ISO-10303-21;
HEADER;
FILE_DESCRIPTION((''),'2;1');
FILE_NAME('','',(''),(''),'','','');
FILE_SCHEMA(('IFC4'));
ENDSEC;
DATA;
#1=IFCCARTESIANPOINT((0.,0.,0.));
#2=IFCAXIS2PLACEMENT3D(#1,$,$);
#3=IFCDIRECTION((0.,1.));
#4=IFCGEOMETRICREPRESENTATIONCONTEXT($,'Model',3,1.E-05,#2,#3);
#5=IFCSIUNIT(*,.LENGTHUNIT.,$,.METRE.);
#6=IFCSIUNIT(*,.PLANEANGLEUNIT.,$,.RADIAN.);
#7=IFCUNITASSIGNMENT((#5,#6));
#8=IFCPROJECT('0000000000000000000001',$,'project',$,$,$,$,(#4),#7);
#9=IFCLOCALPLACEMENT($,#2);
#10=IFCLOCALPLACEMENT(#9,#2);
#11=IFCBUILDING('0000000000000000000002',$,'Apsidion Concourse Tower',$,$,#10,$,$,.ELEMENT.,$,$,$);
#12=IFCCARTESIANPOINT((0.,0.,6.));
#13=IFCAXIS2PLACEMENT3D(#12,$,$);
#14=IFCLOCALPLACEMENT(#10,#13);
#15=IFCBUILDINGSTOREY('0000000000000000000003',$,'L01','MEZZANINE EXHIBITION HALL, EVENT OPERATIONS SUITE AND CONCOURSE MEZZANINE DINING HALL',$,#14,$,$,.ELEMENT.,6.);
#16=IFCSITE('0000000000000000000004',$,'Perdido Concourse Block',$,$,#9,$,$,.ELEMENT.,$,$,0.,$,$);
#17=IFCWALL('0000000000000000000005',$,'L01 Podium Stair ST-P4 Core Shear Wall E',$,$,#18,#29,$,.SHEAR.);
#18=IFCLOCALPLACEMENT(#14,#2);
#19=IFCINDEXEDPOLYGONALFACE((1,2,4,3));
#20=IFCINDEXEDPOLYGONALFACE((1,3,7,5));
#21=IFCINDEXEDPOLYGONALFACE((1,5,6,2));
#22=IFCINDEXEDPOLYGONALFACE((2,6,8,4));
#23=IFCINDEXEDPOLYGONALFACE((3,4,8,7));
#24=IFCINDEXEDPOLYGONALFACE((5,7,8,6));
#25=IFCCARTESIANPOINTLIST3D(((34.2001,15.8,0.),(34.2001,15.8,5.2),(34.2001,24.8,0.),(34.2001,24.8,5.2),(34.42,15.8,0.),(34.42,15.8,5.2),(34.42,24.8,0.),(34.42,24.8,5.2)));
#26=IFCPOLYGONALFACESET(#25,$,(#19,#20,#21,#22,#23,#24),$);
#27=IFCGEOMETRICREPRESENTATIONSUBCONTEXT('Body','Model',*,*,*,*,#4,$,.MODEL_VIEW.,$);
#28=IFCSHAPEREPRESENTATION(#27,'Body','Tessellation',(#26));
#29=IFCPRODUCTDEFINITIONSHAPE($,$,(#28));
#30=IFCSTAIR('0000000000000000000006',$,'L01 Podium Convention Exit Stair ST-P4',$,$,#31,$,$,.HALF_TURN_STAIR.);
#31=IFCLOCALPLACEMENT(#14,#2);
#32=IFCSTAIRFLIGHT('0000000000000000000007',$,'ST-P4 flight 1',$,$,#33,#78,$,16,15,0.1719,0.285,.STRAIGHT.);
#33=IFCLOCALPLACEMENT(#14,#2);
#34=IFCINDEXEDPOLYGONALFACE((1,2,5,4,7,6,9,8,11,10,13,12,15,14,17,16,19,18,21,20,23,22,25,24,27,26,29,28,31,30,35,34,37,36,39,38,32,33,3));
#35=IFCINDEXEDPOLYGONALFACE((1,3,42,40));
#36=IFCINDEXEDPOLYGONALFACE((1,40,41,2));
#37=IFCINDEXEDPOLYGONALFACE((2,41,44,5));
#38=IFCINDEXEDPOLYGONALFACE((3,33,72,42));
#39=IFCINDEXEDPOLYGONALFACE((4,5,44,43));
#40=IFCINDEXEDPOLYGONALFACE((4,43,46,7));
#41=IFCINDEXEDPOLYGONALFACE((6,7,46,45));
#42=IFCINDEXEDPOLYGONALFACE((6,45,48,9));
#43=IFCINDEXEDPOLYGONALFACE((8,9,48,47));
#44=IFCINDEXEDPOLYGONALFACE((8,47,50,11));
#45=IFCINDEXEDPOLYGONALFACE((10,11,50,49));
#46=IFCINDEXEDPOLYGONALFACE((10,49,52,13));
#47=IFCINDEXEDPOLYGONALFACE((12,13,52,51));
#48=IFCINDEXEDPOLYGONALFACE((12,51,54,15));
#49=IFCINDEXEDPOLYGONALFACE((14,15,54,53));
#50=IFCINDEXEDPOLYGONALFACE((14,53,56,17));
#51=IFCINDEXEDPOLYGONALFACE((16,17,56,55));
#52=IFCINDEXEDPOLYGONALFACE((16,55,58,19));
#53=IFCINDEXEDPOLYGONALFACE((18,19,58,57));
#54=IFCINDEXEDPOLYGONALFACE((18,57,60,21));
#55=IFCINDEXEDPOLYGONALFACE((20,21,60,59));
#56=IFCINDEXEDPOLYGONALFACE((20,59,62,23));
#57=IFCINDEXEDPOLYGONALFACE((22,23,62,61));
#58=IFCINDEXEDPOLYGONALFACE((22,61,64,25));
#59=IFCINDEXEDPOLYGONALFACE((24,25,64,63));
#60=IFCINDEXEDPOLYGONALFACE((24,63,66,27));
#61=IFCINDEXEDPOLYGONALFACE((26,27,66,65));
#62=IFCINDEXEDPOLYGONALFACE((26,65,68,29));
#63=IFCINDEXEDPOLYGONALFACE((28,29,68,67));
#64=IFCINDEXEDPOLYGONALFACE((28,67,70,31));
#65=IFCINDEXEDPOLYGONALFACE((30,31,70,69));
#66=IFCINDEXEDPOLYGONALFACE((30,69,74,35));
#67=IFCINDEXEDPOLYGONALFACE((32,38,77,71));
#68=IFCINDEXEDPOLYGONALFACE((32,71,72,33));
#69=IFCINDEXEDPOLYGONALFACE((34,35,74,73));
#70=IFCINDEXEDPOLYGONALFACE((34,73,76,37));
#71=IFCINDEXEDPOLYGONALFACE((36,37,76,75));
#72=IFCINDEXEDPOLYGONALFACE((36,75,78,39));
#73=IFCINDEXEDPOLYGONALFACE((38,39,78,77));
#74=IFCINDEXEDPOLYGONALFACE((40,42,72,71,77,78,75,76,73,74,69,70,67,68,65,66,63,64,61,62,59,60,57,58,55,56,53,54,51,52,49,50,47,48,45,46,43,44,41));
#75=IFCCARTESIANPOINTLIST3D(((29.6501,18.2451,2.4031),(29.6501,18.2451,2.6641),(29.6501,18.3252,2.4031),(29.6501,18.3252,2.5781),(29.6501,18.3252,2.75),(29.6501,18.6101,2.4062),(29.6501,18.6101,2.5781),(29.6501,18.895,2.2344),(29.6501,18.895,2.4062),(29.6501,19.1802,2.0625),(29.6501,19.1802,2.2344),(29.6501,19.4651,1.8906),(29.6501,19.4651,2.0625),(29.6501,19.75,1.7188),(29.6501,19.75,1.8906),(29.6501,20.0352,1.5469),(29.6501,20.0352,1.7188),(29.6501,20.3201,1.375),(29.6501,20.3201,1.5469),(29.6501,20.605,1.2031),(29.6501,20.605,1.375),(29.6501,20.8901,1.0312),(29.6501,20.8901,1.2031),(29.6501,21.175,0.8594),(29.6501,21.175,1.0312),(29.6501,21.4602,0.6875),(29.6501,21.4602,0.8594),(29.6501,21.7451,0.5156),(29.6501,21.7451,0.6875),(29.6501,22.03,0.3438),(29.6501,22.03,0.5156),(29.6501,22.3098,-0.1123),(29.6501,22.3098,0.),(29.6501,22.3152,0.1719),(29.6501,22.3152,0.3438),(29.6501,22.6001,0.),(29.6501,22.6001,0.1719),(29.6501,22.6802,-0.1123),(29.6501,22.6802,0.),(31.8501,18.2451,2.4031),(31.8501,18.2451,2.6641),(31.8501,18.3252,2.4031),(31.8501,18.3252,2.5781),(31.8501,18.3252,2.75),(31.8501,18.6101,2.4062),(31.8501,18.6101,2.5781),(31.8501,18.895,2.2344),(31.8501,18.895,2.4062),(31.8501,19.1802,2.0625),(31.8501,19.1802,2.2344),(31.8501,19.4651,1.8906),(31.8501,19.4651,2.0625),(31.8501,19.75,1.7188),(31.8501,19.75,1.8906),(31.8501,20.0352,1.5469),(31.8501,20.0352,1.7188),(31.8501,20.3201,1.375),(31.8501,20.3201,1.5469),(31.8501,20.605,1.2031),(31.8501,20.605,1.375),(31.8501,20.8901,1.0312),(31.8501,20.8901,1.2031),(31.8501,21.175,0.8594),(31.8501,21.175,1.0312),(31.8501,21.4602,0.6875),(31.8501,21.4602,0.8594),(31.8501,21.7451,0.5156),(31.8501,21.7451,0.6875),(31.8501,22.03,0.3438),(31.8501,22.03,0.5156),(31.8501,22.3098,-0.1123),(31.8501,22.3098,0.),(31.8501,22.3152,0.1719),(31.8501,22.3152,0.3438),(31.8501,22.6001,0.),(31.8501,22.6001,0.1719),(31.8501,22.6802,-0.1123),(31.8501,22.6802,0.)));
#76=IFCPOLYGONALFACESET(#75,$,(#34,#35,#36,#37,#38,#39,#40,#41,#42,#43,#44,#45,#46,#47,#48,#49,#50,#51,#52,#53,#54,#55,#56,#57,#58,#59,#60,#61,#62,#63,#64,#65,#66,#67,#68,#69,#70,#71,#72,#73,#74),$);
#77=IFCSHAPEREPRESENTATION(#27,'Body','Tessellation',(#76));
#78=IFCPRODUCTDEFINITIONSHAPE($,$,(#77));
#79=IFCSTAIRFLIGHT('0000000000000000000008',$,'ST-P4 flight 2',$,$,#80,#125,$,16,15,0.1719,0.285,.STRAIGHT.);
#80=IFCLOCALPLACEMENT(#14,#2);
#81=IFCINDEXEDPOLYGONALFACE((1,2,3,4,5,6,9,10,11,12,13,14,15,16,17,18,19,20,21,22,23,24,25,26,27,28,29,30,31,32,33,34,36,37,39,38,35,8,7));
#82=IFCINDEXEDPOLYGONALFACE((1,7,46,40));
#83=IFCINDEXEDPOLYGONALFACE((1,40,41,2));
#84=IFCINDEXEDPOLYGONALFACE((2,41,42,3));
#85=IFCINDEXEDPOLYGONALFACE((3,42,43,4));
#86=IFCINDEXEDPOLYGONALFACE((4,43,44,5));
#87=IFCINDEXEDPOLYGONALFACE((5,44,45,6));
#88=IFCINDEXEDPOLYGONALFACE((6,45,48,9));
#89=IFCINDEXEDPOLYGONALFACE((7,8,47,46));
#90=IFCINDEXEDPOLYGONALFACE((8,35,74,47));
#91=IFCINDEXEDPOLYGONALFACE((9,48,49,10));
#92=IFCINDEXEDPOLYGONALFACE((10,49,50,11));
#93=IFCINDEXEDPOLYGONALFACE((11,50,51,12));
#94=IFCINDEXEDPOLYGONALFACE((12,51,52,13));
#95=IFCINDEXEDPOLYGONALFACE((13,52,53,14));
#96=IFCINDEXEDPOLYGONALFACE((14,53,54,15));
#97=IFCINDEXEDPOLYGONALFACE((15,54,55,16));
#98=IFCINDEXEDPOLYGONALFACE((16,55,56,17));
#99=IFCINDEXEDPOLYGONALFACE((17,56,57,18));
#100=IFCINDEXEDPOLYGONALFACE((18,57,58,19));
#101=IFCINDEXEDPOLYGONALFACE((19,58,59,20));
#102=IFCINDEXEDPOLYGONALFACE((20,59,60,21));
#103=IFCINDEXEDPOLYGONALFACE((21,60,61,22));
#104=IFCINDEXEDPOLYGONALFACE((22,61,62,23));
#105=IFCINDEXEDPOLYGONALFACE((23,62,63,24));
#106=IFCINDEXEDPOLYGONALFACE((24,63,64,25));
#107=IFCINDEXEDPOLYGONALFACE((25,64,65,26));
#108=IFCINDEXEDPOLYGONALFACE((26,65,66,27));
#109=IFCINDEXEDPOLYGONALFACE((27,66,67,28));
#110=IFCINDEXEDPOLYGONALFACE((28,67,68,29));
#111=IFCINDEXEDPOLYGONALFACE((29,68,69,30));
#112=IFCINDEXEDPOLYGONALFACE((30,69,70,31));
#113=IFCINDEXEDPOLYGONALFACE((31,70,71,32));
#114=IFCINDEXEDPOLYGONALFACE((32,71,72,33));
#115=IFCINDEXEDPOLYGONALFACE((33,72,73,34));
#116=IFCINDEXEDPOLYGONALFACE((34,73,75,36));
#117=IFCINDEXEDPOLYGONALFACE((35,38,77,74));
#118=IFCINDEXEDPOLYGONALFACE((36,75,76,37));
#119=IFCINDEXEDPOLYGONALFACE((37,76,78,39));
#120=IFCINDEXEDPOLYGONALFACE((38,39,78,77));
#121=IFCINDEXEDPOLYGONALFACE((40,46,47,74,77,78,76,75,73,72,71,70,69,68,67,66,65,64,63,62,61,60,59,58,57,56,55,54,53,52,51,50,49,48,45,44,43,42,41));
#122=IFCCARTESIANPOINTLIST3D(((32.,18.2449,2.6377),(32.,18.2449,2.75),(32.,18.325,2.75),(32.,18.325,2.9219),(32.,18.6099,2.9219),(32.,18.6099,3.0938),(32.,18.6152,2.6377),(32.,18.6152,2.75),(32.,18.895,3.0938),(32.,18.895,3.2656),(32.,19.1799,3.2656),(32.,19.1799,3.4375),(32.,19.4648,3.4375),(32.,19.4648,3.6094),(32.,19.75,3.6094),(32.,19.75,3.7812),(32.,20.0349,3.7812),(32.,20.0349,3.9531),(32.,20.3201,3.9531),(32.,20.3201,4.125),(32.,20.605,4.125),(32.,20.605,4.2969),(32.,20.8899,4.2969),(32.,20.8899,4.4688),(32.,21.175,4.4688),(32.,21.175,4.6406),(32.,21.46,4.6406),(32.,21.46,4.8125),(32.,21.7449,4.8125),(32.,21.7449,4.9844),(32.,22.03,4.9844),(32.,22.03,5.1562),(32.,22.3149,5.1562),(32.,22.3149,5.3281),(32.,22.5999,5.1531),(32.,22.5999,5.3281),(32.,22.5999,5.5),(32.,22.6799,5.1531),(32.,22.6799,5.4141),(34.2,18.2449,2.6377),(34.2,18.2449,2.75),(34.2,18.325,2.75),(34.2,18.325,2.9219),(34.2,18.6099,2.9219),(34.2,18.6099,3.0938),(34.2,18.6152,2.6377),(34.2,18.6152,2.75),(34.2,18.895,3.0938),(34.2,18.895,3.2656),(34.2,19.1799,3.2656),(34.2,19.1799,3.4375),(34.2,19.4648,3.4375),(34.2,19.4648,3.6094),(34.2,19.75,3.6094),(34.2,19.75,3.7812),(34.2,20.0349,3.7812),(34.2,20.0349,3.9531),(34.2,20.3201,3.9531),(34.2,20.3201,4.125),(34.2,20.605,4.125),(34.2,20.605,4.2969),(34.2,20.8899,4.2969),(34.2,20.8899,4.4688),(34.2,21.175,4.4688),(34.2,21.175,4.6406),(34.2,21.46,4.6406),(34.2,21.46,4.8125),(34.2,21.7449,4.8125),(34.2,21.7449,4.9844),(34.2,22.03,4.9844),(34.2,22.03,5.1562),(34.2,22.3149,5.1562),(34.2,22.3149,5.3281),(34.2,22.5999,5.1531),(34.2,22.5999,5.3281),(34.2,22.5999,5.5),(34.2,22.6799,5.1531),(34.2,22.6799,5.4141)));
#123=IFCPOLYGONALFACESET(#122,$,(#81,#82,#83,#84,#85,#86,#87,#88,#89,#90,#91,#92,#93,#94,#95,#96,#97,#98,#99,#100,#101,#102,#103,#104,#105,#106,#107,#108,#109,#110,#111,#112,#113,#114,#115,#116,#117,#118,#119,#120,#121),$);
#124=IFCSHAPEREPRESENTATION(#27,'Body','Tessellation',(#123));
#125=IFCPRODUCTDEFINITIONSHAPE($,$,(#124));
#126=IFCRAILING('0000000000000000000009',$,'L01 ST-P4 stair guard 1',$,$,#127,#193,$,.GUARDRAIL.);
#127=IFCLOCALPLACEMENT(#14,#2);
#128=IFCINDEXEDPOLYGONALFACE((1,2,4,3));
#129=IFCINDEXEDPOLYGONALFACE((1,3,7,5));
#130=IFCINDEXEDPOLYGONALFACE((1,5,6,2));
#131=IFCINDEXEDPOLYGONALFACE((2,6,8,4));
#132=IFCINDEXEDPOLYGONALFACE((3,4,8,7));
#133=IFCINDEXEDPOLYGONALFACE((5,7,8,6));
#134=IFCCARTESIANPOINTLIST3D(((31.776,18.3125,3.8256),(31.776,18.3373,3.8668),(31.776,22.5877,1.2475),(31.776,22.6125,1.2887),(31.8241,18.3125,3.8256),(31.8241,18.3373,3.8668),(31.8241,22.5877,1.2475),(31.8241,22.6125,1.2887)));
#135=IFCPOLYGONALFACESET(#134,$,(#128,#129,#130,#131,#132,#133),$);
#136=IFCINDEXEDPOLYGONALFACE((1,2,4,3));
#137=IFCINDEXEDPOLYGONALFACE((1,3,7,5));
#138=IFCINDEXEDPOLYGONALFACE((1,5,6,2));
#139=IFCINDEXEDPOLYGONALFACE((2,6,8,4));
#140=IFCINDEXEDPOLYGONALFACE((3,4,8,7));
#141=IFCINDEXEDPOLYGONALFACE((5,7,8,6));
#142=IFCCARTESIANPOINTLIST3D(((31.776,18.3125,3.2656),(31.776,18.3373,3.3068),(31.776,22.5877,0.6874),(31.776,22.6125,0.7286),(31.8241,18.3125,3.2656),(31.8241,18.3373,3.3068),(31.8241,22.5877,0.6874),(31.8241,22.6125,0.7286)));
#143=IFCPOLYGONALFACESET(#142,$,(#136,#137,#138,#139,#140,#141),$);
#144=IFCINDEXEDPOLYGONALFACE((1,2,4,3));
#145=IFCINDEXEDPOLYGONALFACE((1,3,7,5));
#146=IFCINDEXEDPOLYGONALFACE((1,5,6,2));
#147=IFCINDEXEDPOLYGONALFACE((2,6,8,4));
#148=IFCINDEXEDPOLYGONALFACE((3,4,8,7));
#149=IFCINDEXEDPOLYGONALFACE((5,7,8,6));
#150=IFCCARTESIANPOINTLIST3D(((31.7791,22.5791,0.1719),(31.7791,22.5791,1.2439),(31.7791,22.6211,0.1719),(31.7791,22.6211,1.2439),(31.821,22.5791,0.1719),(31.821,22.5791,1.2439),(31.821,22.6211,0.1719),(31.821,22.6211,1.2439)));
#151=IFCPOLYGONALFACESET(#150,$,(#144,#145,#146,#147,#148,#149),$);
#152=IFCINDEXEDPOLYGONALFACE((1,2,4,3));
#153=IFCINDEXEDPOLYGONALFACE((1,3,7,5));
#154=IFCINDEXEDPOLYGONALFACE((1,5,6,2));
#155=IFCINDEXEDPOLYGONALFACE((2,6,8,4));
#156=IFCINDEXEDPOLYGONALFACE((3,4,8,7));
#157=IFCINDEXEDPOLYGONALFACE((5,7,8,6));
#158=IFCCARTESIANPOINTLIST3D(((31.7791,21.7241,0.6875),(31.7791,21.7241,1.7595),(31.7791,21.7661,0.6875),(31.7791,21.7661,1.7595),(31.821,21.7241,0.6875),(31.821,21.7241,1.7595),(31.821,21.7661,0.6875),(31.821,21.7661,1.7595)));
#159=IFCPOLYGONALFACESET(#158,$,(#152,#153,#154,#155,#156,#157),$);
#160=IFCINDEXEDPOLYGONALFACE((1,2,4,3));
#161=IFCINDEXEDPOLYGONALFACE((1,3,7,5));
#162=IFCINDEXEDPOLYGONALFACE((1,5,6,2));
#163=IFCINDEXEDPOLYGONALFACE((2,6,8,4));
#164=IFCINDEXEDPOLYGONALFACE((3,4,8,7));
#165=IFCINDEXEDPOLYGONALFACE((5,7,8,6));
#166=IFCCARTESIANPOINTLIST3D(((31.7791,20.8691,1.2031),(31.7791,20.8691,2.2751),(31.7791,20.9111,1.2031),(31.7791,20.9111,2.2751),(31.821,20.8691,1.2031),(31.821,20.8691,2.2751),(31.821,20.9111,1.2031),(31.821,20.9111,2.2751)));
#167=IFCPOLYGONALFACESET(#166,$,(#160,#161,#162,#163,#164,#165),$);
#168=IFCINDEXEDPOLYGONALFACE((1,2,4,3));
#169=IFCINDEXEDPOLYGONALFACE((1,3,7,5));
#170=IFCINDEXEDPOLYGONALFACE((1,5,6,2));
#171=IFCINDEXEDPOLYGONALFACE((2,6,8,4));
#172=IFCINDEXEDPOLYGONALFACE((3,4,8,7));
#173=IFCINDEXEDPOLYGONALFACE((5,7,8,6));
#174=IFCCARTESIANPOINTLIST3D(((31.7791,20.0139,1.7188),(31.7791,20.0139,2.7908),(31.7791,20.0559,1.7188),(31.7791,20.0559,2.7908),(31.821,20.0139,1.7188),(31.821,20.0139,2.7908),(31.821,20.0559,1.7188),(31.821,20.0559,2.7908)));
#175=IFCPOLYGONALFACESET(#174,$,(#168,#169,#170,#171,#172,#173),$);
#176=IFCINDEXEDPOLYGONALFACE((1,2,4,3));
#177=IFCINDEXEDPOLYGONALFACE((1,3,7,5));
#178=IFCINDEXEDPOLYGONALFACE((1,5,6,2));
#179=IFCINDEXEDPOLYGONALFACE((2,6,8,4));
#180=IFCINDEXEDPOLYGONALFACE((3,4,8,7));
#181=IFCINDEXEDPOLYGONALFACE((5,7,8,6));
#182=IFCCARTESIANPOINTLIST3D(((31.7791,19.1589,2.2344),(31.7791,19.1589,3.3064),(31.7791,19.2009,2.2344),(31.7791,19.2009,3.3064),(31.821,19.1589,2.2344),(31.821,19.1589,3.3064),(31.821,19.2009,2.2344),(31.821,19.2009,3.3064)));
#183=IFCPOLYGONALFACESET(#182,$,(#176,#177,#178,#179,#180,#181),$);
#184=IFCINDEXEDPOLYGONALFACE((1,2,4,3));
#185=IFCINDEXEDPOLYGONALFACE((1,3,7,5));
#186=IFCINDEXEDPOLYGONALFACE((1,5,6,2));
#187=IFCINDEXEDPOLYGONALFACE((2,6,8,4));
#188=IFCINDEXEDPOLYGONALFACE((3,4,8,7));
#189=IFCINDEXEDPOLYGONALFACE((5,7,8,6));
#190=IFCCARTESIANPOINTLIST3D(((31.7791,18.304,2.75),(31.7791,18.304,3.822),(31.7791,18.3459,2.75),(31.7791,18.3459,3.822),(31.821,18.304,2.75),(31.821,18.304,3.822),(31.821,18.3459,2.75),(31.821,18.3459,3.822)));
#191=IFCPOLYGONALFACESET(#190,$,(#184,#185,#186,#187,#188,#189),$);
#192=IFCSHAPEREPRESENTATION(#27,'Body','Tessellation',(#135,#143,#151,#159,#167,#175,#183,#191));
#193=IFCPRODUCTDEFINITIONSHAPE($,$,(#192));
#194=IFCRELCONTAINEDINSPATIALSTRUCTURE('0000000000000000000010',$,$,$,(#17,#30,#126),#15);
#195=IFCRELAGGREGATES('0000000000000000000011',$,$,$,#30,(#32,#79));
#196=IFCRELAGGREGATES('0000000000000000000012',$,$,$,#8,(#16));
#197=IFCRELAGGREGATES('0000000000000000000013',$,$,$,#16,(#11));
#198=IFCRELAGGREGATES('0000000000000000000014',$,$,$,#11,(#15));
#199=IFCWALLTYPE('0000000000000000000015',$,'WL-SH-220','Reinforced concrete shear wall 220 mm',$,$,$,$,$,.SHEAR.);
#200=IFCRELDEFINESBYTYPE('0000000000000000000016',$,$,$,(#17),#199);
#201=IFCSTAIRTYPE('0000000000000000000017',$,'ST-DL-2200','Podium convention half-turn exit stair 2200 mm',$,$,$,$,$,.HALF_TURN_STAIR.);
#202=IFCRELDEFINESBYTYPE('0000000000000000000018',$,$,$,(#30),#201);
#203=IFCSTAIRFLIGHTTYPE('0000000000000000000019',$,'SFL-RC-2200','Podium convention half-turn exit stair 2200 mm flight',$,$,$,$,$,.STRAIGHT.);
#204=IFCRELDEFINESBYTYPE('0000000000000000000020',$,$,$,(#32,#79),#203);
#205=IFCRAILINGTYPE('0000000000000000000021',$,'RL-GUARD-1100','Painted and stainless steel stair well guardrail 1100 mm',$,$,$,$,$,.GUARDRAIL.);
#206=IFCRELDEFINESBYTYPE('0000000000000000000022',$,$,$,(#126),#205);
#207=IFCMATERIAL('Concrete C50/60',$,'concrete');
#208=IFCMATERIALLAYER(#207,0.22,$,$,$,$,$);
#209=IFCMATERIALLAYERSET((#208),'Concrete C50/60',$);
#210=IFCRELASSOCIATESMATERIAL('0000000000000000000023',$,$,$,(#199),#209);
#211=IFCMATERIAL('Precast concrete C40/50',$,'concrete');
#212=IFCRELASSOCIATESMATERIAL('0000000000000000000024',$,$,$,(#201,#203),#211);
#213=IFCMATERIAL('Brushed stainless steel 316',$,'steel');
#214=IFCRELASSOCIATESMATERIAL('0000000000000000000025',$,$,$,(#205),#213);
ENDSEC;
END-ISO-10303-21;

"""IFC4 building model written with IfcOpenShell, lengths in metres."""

from ifc_helpers import new_model, si_unit, direction, frame, frame_2d, origin, origin_2d, place, context, subcontext, project, spatial, polyline, rectangle, outline, extrude, material, layer, layer_set, type_object, element, aggregate, save


model = new_model("IFC4")

# Units and contexts
model_context = context("Model", 3, precision=1e-05, world=origin(), true_north=direction((0.0, 1.0)))
body_context = subcontext(model_context, "Body", "Model", "MODEL_VIEW")
ifc_project = project(units=[si_unit("LENGTHUNIT", "METRE"), si_unit("PLANEANGLEUNIT", "RADIAN")], contexts=[model_context])

# Site, building, storey
site_placement = place(None, origin())
site = spatial("IfcSite", under=ifc_project, at=site_placement, Name="Perdido Concourse Block", CompositionType="ELEMENT", RefElevation=0.0)
building_placement = place(site_placement, origin())
building = spatial("IfcBuilding", under=site, at=building_placement, Name="Apsidion Concourse Tower", CompositionType="ELEMENT")
storey_placement = place(building_placement, frame((0.0, 0.0, 6.0)))
storey = spatial("IfcBuildingStorey", under=building, at=storey_placement, Name="L01", Description="MEZZANINE EXHIBITION HALL, EVENT OPERATIONS SUITE AND CONCOURSE MEZZANINE DINING HALL", CompositionType="ELEMENT", Elevation=6.0)

# Shared definitions
ifc_material_1 = material(Name="Precast concrete C40/50", Category="concrete")

# Wall
ifc_material_2 = material(Name="Concrete C50/60", Category="concrete")
ifc_layer_1 = layer(ifc_material_2, 0.22)
ifc_layer_set_1 = layer_set([ifc_layer_1], Name="Concrete C50/60")
wall_type_1 = type_object("IfcWallType", Name="WL-SH-220", Description="Reinforced concrete shear wall 220 mm", PredefinedType="SHEAR", material=ifc_layer_set_1)
wall_1_placement = place(storey_placement, frame((34.3101, 15.8, 0.0), z_axis=(0.0, 0.0, 1.0), x_axis=(0.0, 1.0, 0.0)))
element("IfcWall", 1, at=wall_1_placement, inside=storey, type_object=wall_type_1, Name="L01 Podium Stair ST-P4 Core Shear Wall E", PredefinedType="SHEAR", context=body_context, shape_type="SweptSolid", body=[
    extrude(rectangle(XDim=9.0, YDim=0.22, at=frame_2d((4.5, 0.0))), origin(), (0.0, 0.0, 1.0), 5.2),
])

# Stair, stair flights
stair_type = type_object("IfcStairType", Name="ST-DL-2200", Description="Podium convention half-turn exit stair 2200 mm", PredefinedType="HALF_TURN_STAIR", material=ifc_material_1)
stair_placement = place(storey_placement, origin())
stair = element("IfcStair", 2, at=stair_placement, inside=storey, type_object=stair_type, Name="L01 Podium Convention Exit Stair ST-P4", PredefinedType="HALF_TURN_STAIR")
stair_flight_type = type_object("IfcStairFlightType", Name="SFL-RC-2200", Description="Podium convention half-turn exit stair 2200 mm flight", PredefinedType="STRAIGHT", material=ifc_material_1)
stair_flight_1_placement = place(storey_placement, frame((30.75, 22.6001, 0.0), z_axis=(0.0, 0.0, 1.0), x_axis=(0.0, -1.0, 0.0)))
stair_flight_1 = element("IfcStairFlight", 3, at=stair_flight_1_placement, type_object=stair_flight_type, Name="ST-P4 flight 1", NumberOfRisers=16, NumberOfTreads=15, PredefinedType="STRAIGHT", RiserHeight=0.1719, TreadLength=0.285, context=body_context, shape_type="SweptSolid", body=[
    extrude(outline(polyline([(-0.0801, -0.1123), (-0.0801, 0.0), (0.0, 0.0), (0.0, 0.1719), (0.2849, 0.1719), (0.2849, 0.3438), (0.5701, 0.3438), (0.5701, 0.5156), (0.855, 0.5156), (0.855, 0.6875), (1.1399, 0.6875), (1.1399, 0.8594), (1.425, 0.8594), (1.425, 1.0312), (1.71, 1.0312), (1.71, 1.2031), (1.9951, 1.2031), (1.9951, 1.375), (2.28, 1.375), (2.28, 1.5469), (2.5649, 1.5469), (2.5649, 1.7188), (2.8501, 1.7188), (2.8501, 1.8906), (3.135, 1.8906), (3.135, 2.0625), (3.4199, 2.0625), (3.4199, 2.2344), (3.7051, 2.2344), (3.7051, 2.4062), (3.99, 2.4062), (3.99, 2.5781), (4.2749, 2.5781), (4.2749, 2.75), (4.355, 2.6641), (4.355, 2.4031), (4.2749, 2.4031), (0.2903, 0.0), (0.2903, -0.1123), (-0.0801, -0.1123)])), frame((0.0, 1.1001, 0.0), z_axis=(0.0, -1.0, 0.0), x_axis=(1.0, 0.0, 0.0)), (0.0, 0.0, 1.0), 2.2),
])
stair_flight_2_placement = place(storey_placement, frame((33.1001, 18.325, 2.75), z_axis=(0.0, 0.0, 1.0), x_axis=(0.0, 1.0, 0.0)))
stair_flight_2 = element("IfcStairFlight", 4, at=stair_flight_2_placement, type_object=stair_flight_type, Name="ST-P4 flight 2", NumberOfRisers=16, NumberOfTreads=15, PredefinedType="STRAIGHT", RiserHeight=0.1719, TreadLength=0.285, context=body_context, shape_type="SweptSolid", body=[
    extrude(outline(polyline([(-0.0801, -0.1123), (-0.0801, 0.0), (0.0, 0.0), (0.0, 0.1719), (0.2849, 0.1719), (0.2849, 0.3438), (0.5701, 0.3438), (0.5701, 0.5156), (0.855, 0.5156), (0.855, 0.6875), (1.1399, 0.6875), (1.1399, 0.8594), (1.425, 0.8594), (1.425, 1.0312), (1.71, 1.0312), (1.71, 1.2031), (1.9951, 1.2031), (1.9951, 1.375), (2.28, 1.375), (2.28, 1.5469), (2.5649, 1.5469), (2.5649, 1.7188), (2.8501, 1.7188), (2.8501, 1.8906), (3.135, 1.8906), (3.135, 2.0625), (3.4199, 2.0625), (3.4199, 2.2344), (3.7051, 2.2344), (3.7051, 2.4062), (3.99, 2.4062), (3.99, 2.5781), (4.2749, 2.5781), (4.2749, 2.75), (4.355, 2.6641), (4.355, 2.4031), (4.2749, 2.4031), (0.2903, 0.0), (0.2903, -0.1123), (-0.0801, -0.1123)])), frame((0.0, 1.1001, 0.0), z_axis=(0.0, -1.0, 0.0), x_axis=(1.0, 0.0, 0.0)), (0.0, 0.0, 1.0), 2.2),
])
aggregate(stair, [stair_flight_1, stair_flight_2])

# Railing
ifc_material_3 = material(Name="Brushed stainless steel 316", Category="steel")
railing_type_1 = type_object("IfcRailingType", Name="RL-GUARD-1100", Description="Painted and stainless steel stair well guardrail 1100 mm", PredefinedType="GUARDRAIL", material=ifc_material_3)
railing_1_placement = place(storey_placement, frame((31.8, 22.6001, 0.1719)))
element("IfcRailing", 5, at=railing_1_placement, inside=storey, type_object=railing_type_1, Name="L01 ST-P4 stair guard 1", PredefinedType="GUARDRAIL", context=body_context, shape_type="SweptSolid", body=[
    extrude(rectangle(XDim=0.0481, YDim=0.0481, at=origin_2d()), frame((0.0, 0.0, 1.0962), z_axis=(0.0, -0.856339, 0.516415), x_axis=(1.0, 0.0, 0.0)), (0.0, 0.0, 1.0), 4.9924),
    extrude(rectangle(XDim=0.0481, YDim=0.0481, at=origin_2d()), frame((0.0, 0.0, 0.5361), z_axis=(0.0, -0.856339, 0.516415), x_axis=(1.0, 0.0, 0.0)), (0.0, 0.0, 1.0), 4.9924),
    extrude(rectangle(XDim=0.042, YDim=0.042, at=origin_2d()), origin(), (0.0, 0.0, 1.0), 1.072),
    extrude(rectangle(XDim=0.042, YDim=0.042, at=origin_2d()), frame((0.0, -0.855, 0.5156)), (0.0, 0.0, 1.0), 1.072),
    extrude(rectangle(XDim=0.042, YDim=0.042, at=origin_2d()), frame((0.0, -1.71, 1.0312)), (0.0, 0.0, 1.0), 1.072),
    extrude(rectangle(XDim=0.042, YDim=0.042, at=origin_2d()), frame((0.0, -2.5652, 1.5469)), (0.0, 0.0, 1.0), 1.072),
    extrude(rectangle(XDim=0.042, YDim=0.042, at=origin_2d()), frame((0.0, -3.4202, 2.0625)), (0.0, 0.0, 1.0), 1.072),
    extrude(rectangle(XDim=0.042, YDim=0.042, at=origin_2d()), frame((0.0, -4.2751, 2.5781)), (0.0, 0.0, 1.0), 1.072),
])

save(model, "model.ifc")
